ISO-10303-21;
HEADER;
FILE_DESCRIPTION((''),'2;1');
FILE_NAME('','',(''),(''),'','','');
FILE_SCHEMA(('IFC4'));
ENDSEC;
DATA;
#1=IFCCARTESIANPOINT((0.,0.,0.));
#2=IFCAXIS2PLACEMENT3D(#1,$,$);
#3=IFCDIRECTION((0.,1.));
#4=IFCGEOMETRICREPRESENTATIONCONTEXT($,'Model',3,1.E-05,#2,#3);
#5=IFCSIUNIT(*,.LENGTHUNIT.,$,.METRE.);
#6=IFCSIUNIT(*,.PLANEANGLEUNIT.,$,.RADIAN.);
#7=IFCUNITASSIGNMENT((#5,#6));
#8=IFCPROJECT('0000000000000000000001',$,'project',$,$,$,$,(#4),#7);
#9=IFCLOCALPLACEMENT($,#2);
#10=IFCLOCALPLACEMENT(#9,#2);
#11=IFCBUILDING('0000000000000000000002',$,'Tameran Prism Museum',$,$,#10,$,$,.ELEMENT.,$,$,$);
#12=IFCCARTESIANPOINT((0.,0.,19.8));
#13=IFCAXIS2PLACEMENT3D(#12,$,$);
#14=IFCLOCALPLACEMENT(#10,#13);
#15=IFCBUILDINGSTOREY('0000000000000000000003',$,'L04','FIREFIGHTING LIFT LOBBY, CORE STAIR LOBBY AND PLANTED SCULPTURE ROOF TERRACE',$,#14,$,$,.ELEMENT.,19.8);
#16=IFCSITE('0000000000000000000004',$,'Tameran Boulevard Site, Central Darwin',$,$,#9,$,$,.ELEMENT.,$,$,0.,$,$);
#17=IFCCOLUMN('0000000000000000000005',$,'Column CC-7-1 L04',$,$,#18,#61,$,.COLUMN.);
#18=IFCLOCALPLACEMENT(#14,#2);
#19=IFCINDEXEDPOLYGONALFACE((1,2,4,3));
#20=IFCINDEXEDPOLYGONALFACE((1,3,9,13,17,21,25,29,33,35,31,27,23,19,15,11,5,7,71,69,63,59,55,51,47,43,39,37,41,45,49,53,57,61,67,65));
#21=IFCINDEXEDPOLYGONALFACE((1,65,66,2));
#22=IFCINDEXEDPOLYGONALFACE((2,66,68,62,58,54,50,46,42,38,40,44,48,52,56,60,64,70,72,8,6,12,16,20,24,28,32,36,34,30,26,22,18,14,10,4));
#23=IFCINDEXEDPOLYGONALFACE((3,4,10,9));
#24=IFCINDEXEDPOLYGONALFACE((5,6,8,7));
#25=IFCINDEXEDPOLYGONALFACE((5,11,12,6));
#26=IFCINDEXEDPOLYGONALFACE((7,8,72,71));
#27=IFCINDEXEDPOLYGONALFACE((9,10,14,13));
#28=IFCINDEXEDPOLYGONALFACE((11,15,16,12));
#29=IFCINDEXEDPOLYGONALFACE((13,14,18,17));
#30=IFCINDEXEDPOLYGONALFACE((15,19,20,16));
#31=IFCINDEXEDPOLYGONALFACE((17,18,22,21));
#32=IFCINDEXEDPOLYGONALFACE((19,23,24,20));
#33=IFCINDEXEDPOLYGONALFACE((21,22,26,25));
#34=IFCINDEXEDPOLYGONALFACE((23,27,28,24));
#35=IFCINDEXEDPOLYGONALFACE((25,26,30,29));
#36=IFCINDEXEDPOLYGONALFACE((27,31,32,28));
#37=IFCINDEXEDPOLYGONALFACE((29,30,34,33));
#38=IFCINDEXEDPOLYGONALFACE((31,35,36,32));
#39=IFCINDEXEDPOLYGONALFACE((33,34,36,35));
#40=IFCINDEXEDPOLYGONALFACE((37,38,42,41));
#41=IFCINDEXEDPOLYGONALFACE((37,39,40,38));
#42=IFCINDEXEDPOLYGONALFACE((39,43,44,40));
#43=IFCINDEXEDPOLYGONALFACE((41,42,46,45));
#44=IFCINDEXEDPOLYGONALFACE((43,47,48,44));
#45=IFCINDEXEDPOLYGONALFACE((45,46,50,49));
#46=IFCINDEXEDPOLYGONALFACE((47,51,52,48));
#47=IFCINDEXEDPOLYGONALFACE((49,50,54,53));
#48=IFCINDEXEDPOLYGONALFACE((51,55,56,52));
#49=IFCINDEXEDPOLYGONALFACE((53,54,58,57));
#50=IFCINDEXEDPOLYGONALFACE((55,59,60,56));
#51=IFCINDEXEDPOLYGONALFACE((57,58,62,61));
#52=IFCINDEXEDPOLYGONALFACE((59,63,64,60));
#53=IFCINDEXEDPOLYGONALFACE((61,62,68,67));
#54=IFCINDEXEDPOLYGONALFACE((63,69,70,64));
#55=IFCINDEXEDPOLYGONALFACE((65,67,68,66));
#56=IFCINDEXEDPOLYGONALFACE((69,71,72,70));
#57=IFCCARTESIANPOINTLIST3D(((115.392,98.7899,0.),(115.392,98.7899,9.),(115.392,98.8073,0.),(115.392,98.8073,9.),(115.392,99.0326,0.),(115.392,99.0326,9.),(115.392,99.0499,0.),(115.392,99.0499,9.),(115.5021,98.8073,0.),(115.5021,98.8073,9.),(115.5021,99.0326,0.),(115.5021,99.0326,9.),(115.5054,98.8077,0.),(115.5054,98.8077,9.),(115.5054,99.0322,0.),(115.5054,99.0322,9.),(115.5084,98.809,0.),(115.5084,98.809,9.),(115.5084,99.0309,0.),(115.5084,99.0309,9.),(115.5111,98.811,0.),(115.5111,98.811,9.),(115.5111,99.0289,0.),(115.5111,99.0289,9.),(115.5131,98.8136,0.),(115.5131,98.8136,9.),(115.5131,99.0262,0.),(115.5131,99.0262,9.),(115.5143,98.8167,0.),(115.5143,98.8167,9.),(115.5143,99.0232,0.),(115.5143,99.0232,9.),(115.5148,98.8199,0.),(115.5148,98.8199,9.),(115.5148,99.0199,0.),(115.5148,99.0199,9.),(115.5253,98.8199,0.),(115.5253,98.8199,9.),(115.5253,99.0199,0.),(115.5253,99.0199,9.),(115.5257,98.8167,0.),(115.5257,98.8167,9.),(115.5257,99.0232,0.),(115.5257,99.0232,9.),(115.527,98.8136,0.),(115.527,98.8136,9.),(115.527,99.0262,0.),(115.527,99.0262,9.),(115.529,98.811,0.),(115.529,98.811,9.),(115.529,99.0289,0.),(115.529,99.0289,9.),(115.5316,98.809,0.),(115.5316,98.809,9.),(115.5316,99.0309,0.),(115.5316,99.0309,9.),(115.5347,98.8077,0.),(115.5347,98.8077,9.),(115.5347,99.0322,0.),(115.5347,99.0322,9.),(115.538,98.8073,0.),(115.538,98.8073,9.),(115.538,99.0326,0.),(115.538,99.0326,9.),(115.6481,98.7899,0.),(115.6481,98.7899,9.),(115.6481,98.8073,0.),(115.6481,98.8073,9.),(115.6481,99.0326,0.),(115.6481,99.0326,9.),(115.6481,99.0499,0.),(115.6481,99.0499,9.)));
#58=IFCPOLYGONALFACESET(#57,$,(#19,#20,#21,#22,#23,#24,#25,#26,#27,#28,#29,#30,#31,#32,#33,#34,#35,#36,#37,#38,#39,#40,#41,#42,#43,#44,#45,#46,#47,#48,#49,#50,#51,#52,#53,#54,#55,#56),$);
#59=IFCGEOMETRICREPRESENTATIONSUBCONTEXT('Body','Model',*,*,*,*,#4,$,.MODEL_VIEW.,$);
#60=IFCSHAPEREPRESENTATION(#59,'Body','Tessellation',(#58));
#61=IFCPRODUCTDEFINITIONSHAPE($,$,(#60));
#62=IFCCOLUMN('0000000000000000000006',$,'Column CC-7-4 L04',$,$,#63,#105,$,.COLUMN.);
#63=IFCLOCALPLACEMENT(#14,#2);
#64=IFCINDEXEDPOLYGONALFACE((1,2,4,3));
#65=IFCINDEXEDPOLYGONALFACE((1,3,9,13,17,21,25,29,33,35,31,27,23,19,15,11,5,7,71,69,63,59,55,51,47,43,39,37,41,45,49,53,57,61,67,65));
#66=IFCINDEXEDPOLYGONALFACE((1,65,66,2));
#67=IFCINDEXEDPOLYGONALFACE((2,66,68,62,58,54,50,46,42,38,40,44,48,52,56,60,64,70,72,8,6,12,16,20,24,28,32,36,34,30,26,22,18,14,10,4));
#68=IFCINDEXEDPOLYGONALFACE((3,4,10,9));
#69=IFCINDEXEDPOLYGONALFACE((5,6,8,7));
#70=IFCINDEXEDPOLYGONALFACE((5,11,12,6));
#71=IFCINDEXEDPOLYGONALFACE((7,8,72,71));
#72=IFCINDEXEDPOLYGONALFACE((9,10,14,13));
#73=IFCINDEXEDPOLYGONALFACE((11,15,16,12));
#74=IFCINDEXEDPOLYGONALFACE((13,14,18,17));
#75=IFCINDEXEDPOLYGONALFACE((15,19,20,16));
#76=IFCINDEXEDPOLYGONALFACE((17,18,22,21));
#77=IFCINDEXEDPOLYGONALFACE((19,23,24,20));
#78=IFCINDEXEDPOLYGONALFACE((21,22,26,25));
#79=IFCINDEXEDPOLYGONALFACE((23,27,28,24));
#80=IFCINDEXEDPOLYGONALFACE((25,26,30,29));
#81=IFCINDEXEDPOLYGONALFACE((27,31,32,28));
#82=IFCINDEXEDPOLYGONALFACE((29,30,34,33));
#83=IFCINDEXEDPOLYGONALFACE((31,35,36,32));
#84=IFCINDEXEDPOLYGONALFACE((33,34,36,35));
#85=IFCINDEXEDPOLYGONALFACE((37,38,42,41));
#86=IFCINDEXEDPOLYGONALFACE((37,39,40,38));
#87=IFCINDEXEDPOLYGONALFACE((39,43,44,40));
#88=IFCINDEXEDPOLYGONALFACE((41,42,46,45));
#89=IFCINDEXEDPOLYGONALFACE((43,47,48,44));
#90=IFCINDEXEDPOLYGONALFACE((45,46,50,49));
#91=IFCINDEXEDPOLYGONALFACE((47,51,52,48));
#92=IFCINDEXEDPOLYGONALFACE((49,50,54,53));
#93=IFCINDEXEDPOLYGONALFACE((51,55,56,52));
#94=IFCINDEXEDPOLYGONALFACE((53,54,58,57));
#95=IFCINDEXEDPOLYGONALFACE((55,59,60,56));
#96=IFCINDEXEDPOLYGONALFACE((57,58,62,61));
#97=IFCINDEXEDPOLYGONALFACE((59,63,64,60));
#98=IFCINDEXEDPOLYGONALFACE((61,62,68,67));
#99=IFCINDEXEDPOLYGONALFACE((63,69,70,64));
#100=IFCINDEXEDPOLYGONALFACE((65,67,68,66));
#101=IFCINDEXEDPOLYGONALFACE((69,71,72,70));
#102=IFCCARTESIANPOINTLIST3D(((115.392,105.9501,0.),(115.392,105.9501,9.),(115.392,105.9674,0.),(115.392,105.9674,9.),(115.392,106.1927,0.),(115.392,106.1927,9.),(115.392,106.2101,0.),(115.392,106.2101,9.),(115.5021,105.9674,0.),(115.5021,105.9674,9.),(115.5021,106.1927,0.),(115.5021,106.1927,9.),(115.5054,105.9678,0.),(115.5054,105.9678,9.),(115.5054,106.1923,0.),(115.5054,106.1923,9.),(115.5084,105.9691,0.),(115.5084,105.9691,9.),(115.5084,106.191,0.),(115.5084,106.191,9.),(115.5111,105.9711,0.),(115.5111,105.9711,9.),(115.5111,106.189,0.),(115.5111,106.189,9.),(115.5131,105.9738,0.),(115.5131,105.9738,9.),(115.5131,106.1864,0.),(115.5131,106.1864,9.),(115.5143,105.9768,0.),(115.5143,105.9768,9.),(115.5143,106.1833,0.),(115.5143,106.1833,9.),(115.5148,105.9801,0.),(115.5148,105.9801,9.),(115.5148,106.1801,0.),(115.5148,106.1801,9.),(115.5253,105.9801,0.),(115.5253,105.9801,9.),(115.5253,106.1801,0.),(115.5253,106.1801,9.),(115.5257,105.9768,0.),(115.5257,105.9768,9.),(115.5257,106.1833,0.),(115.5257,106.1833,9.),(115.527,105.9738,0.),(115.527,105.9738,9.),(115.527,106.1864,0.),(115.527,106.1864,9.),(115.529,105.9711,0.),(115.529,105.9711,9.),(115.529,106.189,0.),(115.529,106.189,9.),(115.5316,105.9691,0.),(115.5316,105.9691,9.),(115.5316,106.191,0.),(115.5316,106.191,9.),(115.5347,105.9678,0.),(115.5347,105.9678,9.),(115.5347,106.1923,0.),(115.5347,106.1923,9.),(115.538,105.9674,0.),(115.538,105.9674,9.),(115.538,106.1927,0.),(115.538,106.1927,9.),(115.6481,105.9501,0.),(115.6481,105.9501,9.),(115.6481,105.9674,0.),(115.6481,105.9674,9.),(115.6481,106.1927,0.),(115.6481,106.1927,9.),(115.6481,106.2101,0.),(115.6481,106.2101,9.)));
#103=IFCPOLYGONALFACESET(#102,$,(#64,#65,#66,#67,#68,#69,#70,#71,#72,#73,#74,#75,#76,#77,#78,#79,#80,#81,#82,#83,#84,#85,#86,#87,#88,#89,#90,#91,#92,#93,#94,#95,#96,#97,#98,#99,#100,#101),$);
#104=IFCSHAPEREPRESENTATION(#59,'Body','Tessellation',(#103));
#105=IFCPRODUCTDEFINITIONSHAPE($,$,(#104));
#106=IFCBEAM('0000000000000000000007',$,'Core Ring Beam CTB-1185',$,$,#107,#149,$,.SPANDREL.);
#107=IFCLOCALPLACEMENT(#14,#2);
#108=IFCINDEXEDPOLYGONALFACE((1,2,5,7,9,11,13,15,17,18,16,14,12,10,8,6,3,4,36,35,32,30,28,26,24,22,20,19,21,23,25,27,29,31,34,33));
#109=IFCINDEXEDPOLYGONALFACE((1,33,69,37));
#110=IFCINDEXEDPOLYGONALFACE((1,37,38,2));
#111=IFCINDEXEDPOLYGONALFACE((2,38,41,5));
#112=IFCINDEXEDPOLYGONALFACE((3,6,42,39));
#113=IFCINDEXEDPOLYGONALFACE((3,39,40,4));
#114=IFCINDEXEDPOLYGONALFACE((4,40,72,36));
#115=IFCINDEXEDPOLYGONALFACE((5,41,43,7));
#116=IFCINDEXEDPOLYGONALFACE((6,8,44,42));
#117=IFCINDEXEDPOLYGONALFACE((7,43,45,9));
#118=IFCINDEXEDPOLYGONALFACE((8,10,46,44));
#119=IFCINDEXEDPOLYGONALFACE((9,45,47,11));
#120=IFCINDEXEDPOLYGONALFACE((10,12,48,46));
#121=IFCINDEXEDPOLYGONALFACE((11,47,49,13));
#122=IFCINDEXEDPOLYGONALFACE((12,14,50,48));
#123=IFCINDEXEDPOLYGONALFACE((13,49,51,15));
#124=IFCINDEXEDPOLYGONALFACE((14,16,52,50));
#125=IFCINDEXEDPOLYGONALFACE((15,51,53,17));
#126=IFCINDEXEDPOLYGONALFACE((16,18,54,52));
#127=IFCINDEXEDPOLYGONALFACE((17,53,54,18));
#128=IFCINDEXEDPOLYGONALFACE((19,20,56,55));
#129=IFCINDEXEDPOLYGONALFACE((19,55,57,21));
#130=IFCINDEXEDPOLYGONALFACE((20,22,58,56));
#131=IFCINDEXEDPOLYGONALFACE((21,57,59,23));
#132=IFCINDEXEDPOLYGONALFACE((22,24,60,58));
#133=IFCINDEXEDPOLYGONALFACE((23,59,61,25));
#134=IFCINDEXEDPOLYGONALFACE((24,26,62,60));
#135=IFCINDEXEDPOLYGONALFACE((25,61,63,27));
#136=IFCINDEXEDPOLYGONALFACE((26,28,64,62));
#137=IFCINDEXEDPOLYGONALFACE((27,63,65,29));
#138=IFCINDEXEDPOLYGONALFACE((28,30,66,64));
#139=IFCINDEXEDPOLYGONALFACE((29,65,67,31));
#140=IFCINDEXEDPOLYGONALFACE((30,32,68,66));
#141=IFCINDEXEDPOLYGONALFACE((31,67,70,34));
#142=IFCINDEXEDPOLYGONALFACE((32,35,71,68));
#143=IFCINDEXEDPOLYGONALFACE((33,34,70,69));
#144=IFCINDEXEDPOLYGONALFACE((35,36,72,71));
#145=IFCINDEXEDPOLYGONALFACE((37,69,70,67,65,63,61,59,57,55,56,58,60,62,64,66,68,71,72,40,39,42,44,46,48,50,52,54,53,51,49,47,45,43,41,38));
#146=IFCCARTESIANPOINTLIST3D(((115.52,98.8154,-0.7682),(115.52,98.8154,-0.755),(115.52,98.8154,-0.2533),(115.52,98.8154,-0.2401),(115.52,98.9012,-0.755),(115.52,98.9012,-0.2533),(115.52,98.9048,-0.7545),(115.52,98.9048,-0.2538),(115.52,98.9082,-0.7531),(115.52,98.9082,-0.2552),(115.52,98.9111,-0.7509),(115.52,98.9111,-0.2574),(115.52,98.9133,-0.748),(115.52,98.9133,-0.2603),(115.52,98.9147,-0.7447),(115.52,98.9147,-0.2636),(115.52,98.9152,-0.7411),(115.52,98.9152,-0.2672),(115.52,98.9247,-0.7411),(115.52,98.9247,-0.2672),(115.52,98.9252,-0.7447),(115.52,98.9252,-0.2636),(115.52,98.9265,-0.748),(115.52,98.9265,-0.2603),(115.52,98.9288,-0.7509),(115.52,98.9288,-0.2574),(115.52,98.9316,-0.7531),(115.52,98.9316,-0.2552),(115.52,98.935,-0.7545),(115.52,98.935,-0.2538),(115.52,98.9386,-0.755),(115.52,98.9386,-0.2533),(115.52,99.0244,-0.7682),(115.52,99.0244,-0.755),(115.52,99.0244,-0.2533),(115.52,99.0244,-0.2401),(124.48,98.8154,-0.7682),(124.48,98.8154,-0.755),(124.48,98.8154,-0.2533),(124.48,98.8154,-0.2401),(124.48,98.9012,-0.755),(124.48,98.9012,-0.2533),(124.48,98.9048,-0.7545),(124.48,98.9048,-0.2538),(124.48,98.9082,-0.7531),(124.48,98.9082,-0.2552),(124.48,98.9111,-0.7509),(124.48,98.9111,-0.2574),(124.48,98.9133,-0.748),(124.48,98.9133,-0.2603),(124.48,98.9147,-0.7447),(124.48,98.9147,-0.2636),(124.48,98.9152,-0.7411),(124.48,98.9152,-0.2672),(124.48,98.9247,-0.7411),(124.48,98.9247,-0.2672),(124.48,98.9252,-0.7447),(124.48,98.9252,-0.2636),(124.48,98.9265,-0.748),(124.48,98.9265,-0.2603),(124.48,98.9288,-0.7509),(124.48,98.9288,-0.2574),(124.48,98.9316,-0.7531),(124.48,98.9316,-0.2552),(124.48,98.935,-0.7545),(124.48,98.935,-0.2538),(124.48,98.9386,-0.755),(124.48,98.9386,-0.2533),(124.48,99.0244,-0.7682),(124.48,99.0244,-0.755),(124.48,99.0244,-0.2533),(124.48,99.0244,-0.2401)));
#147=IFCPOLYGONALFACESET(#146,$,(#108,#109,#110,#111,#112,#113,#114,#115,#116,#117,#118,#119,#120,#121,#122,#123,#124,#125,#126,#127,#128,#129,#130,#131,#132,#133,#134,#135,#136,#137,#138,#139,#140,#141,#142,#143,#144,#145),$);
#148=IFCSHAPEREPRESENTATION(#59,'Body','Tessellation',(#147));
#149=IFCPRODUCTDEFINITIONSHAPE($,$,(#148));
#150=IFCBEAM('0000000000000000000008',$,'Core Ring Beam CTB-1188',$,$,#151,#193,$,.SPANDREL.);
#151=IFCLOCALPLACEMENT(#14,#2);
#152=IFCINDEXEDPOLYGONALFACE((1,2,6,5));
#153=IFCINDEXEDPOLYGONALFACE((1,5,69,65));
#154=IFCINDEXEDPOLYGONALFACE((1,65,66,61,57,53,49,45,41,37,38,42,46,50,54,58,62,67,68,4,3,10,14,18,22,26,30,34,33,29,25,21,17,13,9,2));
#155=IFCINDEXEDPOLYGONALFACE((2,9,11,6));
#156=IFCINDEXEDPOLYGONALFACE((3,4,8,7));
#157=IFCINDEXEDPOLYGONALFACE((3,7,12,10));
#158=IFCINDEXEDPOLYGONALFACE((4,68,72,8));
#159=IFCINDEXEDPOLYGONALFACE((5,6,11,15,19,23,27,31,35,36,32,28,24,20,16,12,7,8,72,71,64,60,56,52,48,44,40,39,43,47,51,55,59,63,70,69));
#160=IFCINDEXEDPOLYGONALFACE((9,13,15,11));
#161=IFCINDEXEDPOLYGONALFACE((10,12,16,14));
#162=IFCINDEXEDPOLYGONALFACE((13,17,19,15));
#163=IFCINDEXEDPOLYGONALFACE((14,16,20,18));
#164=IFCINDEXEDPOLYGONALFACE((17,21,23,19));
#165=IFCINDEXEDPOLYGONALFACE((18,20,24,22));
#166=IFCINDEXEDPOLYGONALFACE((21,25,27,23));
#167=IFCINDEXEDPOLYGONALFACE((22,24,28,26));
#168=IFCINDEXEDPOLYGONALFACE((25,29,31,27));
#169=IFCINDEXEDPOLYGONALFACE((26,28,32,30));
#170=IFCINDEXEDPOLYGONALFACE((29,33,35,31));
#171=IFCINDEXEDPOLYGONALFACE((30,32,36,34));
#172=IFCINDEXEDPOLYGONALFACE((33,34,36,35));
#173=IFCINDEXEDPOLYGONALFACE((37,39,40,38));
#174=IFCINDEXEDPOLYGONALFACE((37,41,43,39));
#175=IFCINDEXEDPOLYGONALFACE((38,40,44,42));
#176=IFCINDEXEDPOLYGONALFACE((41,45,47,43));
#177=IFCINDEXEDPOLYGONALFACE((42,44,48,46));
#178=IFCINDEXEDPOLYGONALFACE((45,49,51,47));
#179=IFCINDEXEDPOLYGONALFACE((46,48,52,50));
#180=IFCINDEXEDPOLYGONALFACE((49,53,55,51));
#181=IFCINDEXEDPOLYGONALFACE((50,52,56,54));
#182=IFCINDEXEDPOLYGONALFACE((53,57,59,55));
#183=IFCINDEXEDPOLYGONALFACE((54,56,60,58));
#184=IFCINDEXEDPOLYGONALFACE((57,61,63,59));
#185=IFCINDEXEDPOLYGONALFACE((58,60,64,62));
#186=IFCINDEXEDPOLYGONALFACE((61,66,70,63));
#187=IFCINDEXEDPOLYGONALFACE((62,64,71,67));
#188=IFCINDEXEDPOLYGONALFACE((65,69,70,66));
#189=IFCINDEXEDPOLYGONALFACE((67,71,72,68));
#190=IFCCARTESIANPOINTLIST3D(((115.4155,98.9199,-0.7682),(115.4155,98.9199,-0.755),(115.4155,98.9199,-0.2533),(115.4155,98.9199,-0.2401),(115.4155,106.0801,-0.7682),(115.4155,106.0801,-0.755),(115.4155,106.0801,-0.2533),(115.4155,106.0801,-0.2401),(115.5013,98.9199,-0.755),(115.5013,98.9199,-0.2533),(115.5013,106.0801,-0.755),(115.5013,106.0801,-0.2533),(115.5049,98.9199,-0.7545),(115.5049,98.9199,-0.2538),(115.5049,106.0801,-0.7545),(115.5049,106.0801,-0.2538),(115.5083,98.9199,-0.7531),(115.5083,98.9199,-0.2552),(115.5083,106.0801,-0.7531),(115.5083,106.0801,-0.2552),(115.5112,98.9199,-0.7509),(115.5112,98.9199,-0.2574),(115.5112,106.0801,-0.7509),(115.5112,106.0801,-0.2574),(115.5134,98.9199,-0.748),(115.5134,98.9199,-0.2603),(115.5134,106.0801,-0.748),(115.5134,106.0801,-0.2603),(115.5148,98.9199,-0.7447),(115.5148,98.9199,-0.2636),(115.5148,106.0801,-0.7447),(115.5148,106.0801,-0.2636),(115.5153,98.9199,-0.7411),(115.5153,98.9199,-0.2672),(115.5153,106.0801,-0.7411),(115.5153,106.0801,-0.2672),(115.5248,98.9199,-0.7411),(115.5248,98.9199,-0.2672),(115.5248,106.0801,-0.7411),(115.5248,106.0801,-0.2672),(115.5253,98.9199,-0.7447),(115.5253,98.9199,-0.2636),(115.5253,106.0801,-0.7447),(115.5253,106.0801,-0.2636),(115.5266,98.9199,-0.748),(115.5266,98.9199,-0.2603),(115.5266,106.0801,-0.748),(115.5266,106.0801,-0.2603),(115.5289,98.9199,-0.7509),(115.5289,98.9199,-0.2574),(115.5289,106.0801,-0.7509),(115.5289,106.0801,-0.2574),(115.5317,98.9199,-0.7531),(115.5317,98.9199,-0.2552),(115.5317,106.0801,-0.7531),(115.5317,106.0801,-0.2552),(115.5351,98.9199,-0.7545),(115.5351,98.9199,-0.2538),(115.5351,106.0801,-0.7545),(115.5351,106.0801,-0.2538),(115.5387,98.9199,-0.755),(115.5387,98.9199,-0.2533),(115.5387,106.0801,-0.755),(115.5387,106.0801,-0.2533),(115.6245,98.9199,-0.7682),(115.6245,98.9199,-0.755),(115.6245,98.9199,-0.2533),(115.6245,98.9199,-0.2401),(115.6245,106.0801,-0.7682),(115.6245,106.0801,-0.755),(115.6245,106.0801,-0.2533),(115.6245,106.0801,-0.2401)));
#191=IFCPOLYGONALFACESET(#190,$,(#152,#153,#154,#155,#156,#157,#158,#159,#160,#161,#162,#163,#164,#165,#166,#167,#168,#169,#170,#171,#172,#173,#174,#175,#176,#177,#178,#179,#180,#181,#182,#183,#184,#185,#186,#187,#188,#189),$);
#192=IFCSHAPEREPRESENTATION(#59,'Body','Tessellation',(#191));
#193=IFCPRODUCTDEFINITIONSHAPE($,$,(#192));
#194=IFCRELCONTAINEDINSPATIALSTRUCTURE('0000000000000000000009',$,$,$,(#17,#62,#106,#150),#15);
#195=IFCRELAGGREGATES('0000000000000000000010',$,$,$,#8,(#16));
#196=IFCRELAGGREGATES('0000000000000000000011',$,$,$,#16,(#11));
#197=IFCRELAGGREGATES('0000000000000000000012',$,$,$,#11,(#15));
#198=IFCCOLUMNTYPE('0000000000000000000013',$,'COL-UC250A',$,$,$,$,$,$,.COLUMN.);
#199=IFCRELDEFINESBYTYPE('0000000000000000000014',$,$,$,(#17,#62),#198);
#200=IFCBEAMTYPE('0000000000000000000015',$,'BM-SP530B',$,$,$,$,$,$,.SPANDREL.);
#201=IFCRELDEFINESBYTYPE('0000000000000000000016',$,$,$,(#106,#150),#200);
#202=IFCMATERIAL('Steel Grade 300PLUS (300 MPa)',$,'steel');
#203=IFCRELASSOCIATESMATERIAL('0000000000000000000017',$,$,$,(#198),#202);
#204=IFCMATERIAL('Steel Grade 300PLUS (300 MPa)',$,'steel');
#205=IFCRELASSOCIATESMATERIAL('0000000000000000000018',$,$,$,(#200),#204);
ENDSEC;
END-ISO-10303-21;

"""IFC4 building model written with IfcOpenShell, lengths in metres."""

from ifc_helpers import new_model, si_unit, direction, frame, origin, origin_2d, place, context, subcontext, project, spatial, i_section, extrude, material, material_profile, profile_set, type_object, element, save


model = new_model("IFC4")

# Units and contexts
model_context = context("Model", 3, precision=1e-05, world=origin(), true_north=direction((0.0, 1.0)))
body_context = subcontext(model_context, "Body", "Model", "MODEL_VIEW")
ifc_project = project(units=[si_unit("LENGTHUNIT", "METRE"), si_unit("PLANEANGLEUNIT", "RADIAN")], contexts=[model_context])

# Site, building, storey
site_placement = place(None, origin())
site = spatial("IfcSite", under=ifc_project, at=site_placement, Name="Tameran Boulevard Site, Central Darwin", CompositionType="ELEMENT", RefElevation=0.0)
building_placement = place(site_placement, origin())
building = spatial("IfcBuilding", under=site, at=building_placement, Name="Tameran Prism Museum", CompositionType="ELEMENT")
storey_placement = place(building_placement, frame((0.0, 0.0, 19.8)))
storey = spatial("IfcBuildingStorey", under=building, at=storey_placement, Name="L04", Description="FIREFIGHTING LIFT LOBBY, CORE STAIR LOBBY AND PLANTED SCULPTURE ROOF TERRACE", CompositionType="ELEMENT", Elevation=19.8)

# Columns
ifc_material_1 = material(Name="Steel Grade 300PLUS (300 MPa)", Category="steel")
ifc_material_profile_1 = material_profile(ifc_material_1, i_section(OverallWidth=0.2561, OverallDepth=0.26, WebThickness=0.0105, FlangeThickness=0.0173, FilletRadius=0.0127, at=origin_2d()))
ifc_profile_set_1 = profile_set([ifc_material_profile_1])
column_type = type_object("IfcColumnType", Name="COL-UC250A", PredefinedType="COLUMN", material=ifc_profile_set_1)
for number, where, z_axis, x_axis, name in (
    (1, (115.52, 98.9199, 0.0), (0.0, 0.0, 1.0), (1.0, 0.0, 0.0), "Column CC-7-1 L04"),
    (2, (115.52, 106.0801, 0.0), (0.0, 0.0, 1.0), (1.0, 0.0, 0.0), "Column CC-7-4 L04"),
):
    element("IfcColumn", number, at=place(storey_placement, frame(where, z_axis=z_axis, x_axis=x_axis)), inside=storey, type_object=column_type, Name=name, PredefinedType="COLUMN", context=body_context, shape_type="SweptSolid", body=[
        extrude(i_section(OverallWidth=0.2561, OverallDepth=0.26, WebThickness=0.0105, FlangeThickness=0.0173, FilletRadius=0.0127, at=origin_2d()), origin(), (0.0, 0.0, 1.0), 9.0),
    ])

# Beams
ifc_material_2 = material(Name="Steel Grade 300PLUS (300 MPa)", Category="steel")
ifc_material_profile_2 = material_profile(ifc_material_2, i_section(OverallWidth=0.209, OverallDepth=0.5281, WebThickness=0.0095, FlangeThickness=0.0132, FilletRadius=0.0139, at=origin_2d()))
ifc_profile_set_2 = profile_set([ifc_material_profile_2])
beam_type_1 = type_object("IfcBeamType", Name="BM-SP530B", PredefinedType="SPANDREL", material=ifc_profile_set_2)
beam_1_placement = place(storey_placement, frame((115.52, 98.9199, -0.5042), z_axis=(1.0, 0.0, 0.0), x_axis=(0.0, 1.0, 0.0)))
element("IfcBeam", 3, at=beam_1_placement, inside=storey, type_object=beam_type_1, Name="Core Ring Beam CTB-1185", PredefinedType="SPANDREL", context=body_context, shape_type="SweptSolid", body=[
    extrude(i_section(OverallWidth=0.209, OverallDepth=0.5281, WebThickness=0.0095, FlangeThickness=0.0132, FilletRadius=0.0139, at=origin_2d()), origin(), (0.0, 0.0, 1.0), 8.96),
])
beam_2_placement = place(storey_placement, frame((115.52, 106.0801, -0.5042), z_axis=(0.0, -1.0, 0.0), x_axis=(1.0, 0.0, 0.0)))
element("IfcBeam", 4, at=beam_2_placement, inside=storey, type_object=beam_type_1, Name="Core Ring Beam CTB-1188", PredefinedType="SPANDREL", context=body_context, shape_type="SweptSolid", body=[
    extrude(i_section(OverallWidth=0.209, OverallDepth=0.5281, WebThickness=0.0095, FlangeThickness=0.0132, FilletRadius=0.0139, at=origin_2d()), origin(), (0.0, 0.0, 1.0), 7.1602),
])

save(model, "model.ifc")
